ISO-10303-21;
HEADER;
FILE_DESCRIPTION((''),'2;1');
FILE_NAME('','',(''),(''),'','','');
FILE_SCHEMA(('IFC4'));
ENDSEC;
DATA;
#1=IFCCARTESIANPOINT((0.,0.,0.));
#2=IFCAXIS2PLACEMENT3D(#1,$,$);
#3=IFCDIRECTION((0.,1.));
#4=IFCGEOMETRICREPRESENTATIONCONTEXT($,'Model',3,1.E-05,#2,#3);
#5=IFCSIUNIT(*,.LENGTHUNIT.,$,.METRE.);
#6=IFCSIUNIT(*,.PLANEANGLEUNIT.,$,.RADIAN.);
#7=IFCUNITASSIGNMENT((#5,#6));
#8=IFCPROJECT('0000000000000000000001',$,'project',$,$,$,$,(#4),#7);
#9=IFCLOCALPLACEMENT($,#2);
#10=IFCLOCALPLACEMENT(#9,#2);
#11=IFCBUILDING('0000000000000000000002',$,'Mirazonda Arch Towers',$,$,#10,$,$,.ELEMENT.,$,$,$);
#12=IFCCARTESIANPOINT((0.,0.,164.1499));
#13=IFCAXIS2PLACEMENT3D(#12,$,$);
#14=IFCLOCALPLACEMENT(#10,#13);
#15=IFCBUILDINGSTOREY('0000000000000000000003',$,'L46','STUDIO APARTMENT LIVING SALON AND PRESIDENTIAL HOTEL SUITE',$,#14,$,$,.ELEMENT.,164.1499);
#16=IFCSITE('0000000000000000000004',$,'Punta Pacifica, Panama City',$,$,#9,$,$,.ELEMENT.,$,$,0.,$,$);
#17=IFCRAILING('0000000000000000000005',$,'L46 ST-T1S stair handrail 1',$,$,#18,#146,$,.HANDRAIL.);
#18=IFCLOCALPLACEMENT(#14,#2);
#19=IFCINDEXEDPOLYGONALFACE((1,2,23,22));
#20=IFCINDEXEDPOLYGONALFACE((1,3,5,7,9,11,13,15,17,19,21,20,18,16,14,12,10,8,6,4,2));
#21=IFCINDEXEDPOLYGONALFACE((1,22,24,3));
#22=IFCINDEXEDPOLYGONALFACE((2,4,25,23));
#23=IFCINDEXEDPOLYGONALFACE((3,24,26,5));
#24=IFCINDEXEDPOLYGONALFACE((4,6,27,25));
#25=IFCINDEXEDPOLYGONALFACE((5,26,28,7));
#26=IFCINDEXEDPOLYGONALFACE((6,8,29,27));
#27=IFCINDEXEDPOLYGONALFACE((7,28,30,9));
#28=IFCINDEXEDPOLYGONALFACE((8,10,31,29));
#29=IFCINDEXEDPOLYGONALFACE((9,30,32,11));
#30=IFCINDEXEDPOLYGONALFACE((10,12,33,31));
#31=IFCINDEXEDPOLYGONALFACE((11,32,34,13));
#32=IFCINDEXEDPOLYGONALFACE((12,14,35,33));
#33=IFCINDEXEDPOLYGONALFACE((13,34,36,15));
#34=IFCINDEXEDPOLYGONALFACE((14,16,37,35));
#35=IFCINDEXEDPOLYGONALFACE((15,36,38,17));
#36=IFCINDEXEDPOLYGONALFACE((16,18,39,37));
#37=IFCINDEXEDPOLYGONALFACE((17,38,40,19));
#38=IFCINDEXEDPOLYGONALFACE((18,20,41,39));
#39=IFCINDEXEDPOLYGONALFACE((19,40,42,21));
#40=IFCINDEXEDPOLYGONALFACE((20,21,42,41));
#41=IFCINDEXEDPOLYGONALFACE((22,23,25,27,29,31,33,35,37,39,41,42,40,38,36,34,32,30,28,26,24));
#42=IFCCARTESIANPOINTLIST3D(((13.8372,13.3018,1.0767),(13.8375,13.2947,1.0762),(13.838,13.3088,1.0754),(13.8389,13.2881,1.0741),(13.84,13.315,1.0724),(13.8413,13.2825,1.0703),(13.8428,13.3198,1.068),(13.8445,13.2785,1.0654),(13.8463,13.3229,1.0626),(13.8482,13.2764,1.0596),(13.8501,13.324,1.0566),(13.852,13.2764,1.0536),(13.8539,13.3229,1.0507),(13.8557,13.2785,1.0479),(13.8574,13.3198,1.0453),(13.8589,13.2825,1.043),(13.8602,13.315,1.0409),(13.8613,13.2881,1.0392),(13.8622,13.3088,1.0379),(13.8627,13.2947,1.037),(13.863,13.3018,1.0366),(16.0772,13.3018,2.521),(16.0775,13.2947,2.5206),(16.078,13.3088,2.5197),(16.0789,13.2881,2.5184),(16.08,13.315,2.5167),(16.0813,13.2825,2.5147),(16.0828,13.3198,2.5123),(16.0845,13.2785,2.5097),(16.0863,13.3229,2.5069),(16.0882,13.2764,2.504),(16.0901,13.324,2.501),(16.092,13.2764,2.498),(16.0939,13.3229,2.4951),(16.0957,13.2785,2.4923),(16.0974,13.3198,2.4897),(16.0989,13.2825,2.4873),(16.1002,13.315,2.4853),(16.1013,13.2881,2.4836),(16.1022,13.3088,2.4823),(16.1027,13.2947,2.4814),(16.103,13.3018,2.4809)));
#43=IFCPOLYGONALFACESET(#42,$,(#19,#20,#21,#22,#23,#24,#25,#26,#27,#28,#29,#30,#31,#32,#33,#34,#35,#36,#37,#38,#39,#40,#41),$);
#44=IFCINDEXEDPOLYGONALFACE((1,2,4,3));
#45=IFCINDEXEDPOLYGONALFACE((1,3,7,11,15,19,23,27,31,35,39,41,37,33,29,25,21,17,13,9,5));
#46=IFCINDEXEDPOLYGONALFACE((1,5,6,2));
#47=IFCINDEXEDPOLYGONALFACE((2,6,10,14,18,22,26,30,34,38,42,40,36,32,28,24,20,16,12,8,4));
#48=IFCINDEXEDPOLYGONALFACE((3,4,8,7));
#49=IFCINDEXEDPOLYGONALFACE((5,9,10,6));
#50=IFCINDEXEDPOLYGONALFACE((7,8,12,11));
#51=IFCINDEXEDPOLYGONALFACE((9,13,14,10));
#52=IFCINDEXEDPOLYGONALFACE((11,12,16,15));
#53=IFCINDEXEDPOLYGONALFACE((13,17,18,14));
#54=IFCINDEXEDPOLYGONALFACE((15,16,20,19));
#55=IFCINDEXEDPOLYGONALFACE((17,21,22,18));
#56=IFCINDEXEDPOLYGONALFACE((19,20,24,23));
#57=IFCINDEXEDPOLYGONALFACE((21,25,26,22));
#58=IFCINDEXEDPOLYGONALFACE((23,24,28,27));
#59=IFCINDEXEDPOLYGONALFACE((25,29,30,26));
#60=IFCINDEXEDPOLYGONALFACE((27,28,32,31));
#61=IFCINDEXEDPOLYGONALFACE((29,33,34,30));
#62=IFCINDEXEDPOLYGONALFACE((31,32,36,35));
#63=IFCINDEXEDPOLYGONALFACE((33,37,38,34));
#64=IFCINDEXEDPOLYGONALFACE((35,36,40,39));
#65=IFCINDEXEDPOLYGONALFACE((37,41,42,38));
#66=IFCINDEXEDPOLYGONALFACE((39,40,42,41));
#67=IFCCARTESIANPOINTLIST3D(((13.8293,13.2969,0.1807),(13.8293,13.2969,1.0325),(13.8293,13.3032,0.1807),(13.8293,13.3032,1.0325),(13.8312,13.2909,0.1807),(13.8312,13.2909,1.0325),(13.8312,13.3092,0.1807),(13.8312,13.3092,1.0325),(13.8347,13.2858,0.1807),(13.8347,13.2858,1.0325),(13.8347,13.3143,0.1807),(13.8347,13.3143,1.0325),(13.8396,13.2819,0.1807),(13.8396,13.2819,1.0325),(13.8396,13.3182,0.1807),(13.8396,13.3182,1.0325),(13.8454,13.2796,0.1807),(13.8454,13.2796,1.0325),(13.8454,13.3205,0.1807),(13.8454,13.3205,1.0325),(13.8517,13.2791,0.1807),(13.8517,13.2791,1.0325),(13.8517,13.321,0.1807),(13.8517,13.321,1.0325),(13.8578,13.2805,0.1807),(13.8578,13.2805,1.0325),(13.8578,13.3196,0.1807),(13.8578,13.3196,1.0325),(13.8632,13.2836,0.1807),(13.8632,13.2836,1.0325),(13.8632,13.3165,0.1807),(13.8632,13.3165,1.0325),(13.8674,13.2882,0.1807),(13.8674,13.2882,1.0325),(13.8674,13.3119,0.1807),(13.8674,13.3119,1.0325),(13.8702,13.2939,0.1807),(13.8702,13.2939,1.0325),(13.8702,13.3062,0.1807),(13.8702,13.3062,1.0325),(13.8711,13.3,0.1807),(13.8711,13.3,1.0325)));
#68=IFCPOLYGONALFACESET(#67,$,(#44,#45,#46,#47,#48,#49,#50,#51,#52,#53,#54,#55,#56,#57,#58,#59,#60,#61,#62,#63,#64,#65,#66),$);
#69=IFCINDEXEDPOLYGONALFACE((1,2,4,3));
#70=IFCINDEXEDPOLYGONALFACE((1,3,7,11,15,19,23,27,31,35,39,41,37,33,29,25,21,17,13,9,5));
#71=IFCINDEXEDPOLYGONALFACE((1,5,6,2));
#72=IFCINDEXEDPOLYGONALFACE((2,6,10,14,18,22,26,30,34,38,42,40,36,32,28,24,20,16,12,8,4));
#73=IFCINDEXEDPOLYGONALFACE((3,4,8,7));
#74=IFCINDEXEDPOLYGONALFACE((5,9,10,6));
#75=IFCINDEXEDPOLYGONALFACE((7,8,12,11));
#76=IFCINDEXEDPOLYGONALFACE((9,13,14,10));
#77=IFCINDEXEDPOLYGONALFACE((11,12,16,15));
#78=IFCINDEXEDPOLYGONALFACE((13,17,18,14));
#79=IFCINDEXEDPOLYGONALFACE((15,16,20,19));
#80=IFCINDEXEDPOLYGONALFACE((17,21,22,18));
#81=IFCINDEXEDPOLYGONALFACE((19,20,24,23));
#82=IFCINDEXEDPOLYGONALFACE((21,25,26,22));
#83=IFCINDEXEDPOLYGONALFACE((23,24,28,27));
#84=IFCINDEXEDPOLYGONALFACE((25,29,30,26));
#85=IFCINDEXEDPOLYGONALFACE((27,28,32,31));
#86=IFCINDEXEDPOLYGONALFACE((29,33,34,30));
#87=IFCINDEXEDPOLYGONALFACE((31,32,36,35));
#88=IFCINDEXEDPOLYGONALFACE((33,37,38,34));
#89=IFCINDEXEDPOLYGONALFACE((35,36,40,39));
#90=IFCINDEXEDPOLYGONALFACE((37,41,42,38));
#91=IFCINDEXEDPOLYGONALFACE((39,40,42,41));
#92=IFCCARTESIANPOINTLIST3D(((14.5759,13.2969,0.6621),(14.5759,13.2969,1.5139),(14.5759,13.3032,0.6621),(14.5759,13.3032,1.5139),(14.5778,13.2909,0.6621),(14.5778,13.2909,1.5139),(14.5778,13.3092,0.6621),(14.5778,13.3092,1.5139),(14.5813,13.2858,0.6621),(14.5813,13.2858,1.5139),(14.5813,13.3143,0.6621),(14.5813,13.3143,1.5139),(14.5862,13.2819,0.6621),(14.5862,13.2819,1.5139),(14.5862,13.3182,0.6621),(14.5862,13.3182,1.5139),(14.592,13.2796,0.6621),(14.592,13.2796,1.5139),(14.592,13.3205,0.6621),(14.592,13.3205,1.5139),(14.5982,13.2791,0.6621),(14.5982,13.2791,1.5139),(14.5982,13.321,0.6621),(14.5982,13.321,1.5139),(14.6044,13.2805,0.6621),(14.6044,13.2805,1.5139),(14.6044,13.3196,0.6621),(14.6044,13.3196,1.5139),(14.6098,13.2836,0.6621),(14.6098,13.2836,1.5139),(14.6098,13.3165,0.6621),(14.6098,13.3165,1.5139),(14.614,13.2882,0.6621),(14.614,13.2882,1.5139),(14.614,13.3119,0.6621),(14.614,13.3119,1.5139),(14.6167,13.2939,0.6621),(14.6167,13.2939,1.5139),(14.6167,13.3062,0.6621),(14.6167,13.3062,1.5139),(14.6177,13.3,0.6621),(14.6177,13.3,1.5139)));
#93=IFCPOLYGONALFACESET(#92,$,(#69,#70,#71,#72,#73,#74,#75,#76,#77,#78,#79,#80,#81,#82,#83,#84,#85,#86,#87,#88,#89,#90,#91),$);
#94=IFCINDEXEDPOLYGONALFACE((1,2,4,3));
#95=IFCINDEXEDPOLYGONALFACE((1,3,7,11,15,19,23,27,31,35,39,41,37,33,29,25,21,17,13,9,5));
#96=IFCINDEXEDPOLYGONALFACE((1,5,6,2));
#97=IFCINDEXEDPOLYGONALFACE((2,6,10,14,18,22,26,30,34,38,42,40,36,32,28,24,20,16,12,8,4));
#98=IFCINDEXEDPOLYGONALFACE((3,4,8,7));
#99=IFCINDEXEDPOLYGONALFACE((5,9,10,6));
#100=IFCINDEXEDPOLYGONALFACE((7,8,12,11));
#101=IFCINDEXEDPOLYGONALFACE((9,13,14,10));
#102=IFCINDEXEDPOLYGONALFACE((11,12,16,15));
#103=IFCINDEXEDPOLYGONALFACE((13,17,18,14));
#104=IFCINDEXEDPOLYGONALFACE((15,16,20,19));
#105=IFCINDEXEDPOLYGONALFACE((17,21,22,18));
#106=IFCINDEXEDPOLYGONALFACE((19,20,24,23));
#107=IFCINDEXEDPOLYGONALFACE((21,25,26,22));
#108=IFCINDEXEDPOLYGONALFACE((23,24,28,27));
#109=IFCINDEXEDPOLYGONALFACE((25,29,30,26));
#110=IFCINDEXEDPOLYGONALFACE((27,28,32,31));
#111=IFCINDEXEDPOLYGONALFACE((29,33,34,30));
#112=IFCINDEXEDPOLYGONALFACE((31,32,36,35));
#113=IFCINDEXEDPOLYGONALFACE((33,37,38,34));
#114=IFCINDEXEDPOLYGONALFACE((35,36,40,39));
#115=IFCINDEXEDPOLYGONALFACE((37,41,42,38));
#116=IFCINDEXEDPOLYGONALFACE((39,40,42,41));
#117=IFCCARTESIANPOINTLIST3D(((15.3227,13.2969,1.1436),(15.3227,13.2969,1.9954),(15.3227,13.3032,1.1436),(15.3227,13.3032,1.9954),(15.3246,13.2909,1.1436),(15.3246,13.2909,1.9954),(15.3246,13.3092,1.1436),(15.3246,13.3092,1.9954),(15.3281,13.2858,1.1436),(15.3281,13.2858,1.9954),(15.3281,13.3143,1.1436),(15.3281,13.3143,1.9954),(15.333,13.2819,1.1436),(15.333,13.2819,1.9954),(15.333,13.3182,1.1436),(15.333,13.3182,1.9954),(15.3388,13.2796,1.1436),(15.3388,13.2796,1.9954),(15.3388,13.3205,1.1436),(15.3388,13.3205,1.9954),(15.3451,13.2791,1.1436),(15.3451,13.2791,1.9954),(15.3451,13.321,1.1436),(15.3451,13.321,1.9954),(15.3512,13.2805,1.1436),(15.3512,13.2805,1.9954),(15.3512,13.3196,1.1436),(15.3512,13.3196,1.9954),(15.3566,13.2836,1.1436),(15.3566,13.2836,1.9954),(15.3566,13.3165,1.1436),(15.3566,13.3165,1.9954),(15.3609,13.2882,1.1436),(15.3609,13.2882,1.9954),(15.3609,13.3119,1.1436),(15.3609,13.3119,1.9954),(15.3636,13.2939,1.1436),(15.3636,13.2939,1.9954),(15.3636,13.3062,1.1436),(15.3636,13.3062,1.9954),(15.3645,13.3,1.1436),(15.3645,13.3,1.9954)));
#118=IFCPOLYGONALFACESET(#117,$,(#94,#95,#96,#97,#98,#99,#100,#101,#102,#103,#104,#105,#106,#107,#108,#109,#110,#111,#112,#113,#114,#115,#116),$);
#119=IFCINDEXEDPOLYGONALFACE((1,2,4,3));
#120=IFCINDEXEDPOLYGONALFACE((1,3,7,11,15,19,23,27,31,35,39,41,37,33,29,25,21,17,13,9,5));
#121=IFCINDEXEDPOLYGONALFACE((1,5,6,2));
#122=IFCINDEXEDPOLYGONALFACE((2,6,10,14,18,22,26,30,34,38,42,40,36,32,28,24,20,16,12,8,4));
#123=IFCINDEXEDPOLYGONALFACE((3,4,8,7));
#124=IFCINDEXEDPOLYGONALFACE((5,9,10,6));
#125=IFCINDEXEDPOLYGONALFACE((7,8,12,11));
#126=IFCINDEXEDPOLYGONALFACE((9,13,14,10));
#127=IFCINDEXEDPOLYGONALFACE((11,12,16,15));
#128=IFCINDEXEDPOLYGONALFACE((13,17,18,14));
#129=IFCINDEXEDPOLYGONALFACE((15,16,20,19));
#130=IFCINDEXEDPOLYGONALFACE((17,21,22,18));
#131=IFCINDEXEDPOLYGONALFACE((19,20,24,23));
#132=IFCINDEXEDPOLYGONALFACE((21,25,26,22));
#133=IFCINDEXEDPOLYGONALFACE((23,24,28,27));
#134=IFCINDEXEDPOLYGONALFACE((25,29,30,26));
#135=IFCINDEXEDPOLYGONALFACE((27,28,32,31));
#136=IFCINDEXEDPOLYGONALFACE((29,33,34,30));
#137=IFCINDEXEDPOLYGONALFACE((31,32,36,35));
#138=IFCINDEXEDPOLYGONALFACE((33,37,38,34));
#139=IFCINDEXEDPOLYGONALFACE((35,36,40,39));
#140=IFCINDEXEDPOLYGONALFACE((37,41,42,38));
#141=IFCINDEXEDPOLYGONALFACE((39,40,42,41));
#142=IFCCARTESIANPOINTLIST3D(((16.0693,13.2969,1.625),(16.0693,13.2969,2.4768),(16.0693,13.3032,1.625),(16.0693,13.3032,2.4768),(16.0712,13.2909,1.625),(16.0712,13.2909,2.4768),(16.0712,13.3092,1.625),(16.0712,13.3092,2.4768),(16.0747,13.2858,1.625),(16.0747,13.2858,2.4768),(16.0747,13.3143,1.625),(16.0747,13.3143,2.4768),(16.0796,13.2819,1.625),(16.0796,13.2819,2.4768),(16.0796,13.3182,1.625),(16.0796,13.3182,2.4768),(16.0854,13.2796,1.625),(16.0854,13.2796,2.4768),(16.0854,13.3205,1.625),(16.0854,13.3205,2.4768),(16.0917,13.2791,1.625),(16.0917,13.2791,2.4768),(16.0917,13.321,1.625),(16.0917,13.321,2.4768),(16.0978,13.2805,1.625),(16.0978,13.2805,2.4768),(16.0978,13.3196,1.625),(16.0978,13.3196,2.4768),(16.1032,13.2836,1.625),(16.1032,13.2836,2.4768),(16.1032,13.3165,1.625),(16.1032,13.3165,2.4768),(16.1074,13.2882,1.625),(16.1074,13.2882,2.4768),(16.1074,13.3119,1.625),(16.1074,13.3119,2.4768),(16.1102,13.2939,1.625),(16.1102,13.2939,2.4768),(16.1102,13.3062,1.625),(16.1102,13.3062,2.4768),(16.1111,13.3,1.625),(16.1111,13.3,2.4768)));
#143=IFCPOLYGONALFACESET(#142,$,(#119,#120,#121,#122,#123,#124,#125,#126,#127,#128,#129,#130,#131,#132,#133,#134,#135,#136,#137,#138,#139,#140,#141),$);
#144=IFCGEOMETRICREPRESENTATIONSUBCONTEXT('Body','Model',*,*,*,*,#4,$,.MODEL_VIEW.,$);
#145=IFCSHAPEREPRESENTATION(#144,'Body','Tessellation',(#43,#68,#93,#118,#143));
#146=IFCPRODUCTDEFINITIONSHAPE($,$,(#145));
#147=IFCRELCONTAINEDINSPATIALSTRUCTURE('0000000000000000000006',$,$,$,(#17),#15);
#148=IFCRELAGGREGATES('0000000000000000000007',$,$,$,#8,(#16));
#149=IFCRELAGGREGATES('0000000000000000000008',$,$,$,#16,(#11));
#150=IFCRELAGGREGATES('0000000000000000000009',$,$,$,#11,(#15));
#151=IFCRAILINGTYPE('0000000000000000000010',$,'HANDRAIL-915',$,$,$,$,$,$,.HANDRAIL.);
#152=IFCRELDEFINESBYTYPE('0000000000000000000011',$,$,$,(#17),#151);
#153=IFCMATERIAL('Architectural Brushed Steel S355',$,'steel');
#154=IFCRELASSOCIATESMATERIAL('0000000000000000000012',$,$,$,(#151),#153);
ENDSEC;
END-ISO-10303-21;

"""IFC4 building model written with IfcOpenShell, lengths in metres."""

from ifc_helpers import new_model, si_unit, direction, frame, origin, origin_2d, place, context, subcontext, project, spatial, circle, extrude, material, type_object, element, save


model = new_model("IFC4")

# Units and contexts
model_context = context("Model", 3, precision=1e-05, world=origin(), true_north=direction((0.0, 1.0)))
body_context = subcontext(model_context, "Body", "Model", "MODEL_VIEW")
ifc_project = project(units=[si_unit("LENGTHUNIT", "METRE"), si_unit("PLANEANGLEUNIT", "RADIAN")], contexts=[model_context])

# Site, building, storey
site_placement = place(None, origin())
site = spatial("IfcSite", under=ifc_project, at=site_placement, Name="Punta Pacifica, Panama City", CompositionType="ELEMENT", RefElevation=0.0)
building_placement = place(site_placement, origin())
building = spatial("IfcBuilding", under=site, at=building_placement, Name="Mirazonda Arch Towers", CompositionType="ELEMENT")
storey_placement = place(building_placement, frame((0.0, 0.0, 164.1499)))
storey = spatial("IfcBuildingStorey", under=building, at=storey_placement, Name="L46", Description="STUDIO APARTMENT LIVING SALON AND PRESIDENTIAL HOTEL SUITE", CompositionType="ELEMENT", Elevation=164.1499)

# Shared definitions
ifc_material_1 = material(Name="Architectural Brushed Steel S355", Category="steel")

# Railing
railing_type_1 = type_object("IfcRailingType", Name="HANDRAIL-915", PredefinedType="HANDRAIL", material=ifc_material_1)
railing_1_placement = place(storey_placement, frame((13.8501, 13.3, 0.1807)))
element("IfcRailing", 1, at=railing_1_placement, inside=storey, type_object=railing_type_1, Name="L46 ST-T1S stair handrail 1", PredefinedType="HANDRAIL", context=body_context, shape_type="SweptSolid", body=[
    extrude(circle(Radius=0.0239, at=origin_2d()), frame((0.0, 0.0, 0.876), z_axis=(0.840437, 0.0, 0.54191), x_axis=(0.0, 1.0, 0.0)), (0.0, 0.0, 1.0), 2.6653),
    extrude(circle(Radius=0.021, at=origin_2d()), origin(), (0.0, 0.0, 1.0), 0.8518),
    extrude(circle(Radius=0.021, at=origin_2d()), frame((0.7466, 0.0, 0.4814)), (0.0, 0.0, 1.0), 0.8518),
    extrude(circle(Radius=0.021, at=origin_2d()), frame((1.4934, 0.0, 0.9629)), (0.0, 0.0, 1.0), 0.8518),
    extrude(circle(Radius=0.021, at=origin_2d()), frame((2.24, 0.0, 1.4443)), (0.0, 0.0, 1.0), 0.8518),
])

save(model, "model.ifc")
